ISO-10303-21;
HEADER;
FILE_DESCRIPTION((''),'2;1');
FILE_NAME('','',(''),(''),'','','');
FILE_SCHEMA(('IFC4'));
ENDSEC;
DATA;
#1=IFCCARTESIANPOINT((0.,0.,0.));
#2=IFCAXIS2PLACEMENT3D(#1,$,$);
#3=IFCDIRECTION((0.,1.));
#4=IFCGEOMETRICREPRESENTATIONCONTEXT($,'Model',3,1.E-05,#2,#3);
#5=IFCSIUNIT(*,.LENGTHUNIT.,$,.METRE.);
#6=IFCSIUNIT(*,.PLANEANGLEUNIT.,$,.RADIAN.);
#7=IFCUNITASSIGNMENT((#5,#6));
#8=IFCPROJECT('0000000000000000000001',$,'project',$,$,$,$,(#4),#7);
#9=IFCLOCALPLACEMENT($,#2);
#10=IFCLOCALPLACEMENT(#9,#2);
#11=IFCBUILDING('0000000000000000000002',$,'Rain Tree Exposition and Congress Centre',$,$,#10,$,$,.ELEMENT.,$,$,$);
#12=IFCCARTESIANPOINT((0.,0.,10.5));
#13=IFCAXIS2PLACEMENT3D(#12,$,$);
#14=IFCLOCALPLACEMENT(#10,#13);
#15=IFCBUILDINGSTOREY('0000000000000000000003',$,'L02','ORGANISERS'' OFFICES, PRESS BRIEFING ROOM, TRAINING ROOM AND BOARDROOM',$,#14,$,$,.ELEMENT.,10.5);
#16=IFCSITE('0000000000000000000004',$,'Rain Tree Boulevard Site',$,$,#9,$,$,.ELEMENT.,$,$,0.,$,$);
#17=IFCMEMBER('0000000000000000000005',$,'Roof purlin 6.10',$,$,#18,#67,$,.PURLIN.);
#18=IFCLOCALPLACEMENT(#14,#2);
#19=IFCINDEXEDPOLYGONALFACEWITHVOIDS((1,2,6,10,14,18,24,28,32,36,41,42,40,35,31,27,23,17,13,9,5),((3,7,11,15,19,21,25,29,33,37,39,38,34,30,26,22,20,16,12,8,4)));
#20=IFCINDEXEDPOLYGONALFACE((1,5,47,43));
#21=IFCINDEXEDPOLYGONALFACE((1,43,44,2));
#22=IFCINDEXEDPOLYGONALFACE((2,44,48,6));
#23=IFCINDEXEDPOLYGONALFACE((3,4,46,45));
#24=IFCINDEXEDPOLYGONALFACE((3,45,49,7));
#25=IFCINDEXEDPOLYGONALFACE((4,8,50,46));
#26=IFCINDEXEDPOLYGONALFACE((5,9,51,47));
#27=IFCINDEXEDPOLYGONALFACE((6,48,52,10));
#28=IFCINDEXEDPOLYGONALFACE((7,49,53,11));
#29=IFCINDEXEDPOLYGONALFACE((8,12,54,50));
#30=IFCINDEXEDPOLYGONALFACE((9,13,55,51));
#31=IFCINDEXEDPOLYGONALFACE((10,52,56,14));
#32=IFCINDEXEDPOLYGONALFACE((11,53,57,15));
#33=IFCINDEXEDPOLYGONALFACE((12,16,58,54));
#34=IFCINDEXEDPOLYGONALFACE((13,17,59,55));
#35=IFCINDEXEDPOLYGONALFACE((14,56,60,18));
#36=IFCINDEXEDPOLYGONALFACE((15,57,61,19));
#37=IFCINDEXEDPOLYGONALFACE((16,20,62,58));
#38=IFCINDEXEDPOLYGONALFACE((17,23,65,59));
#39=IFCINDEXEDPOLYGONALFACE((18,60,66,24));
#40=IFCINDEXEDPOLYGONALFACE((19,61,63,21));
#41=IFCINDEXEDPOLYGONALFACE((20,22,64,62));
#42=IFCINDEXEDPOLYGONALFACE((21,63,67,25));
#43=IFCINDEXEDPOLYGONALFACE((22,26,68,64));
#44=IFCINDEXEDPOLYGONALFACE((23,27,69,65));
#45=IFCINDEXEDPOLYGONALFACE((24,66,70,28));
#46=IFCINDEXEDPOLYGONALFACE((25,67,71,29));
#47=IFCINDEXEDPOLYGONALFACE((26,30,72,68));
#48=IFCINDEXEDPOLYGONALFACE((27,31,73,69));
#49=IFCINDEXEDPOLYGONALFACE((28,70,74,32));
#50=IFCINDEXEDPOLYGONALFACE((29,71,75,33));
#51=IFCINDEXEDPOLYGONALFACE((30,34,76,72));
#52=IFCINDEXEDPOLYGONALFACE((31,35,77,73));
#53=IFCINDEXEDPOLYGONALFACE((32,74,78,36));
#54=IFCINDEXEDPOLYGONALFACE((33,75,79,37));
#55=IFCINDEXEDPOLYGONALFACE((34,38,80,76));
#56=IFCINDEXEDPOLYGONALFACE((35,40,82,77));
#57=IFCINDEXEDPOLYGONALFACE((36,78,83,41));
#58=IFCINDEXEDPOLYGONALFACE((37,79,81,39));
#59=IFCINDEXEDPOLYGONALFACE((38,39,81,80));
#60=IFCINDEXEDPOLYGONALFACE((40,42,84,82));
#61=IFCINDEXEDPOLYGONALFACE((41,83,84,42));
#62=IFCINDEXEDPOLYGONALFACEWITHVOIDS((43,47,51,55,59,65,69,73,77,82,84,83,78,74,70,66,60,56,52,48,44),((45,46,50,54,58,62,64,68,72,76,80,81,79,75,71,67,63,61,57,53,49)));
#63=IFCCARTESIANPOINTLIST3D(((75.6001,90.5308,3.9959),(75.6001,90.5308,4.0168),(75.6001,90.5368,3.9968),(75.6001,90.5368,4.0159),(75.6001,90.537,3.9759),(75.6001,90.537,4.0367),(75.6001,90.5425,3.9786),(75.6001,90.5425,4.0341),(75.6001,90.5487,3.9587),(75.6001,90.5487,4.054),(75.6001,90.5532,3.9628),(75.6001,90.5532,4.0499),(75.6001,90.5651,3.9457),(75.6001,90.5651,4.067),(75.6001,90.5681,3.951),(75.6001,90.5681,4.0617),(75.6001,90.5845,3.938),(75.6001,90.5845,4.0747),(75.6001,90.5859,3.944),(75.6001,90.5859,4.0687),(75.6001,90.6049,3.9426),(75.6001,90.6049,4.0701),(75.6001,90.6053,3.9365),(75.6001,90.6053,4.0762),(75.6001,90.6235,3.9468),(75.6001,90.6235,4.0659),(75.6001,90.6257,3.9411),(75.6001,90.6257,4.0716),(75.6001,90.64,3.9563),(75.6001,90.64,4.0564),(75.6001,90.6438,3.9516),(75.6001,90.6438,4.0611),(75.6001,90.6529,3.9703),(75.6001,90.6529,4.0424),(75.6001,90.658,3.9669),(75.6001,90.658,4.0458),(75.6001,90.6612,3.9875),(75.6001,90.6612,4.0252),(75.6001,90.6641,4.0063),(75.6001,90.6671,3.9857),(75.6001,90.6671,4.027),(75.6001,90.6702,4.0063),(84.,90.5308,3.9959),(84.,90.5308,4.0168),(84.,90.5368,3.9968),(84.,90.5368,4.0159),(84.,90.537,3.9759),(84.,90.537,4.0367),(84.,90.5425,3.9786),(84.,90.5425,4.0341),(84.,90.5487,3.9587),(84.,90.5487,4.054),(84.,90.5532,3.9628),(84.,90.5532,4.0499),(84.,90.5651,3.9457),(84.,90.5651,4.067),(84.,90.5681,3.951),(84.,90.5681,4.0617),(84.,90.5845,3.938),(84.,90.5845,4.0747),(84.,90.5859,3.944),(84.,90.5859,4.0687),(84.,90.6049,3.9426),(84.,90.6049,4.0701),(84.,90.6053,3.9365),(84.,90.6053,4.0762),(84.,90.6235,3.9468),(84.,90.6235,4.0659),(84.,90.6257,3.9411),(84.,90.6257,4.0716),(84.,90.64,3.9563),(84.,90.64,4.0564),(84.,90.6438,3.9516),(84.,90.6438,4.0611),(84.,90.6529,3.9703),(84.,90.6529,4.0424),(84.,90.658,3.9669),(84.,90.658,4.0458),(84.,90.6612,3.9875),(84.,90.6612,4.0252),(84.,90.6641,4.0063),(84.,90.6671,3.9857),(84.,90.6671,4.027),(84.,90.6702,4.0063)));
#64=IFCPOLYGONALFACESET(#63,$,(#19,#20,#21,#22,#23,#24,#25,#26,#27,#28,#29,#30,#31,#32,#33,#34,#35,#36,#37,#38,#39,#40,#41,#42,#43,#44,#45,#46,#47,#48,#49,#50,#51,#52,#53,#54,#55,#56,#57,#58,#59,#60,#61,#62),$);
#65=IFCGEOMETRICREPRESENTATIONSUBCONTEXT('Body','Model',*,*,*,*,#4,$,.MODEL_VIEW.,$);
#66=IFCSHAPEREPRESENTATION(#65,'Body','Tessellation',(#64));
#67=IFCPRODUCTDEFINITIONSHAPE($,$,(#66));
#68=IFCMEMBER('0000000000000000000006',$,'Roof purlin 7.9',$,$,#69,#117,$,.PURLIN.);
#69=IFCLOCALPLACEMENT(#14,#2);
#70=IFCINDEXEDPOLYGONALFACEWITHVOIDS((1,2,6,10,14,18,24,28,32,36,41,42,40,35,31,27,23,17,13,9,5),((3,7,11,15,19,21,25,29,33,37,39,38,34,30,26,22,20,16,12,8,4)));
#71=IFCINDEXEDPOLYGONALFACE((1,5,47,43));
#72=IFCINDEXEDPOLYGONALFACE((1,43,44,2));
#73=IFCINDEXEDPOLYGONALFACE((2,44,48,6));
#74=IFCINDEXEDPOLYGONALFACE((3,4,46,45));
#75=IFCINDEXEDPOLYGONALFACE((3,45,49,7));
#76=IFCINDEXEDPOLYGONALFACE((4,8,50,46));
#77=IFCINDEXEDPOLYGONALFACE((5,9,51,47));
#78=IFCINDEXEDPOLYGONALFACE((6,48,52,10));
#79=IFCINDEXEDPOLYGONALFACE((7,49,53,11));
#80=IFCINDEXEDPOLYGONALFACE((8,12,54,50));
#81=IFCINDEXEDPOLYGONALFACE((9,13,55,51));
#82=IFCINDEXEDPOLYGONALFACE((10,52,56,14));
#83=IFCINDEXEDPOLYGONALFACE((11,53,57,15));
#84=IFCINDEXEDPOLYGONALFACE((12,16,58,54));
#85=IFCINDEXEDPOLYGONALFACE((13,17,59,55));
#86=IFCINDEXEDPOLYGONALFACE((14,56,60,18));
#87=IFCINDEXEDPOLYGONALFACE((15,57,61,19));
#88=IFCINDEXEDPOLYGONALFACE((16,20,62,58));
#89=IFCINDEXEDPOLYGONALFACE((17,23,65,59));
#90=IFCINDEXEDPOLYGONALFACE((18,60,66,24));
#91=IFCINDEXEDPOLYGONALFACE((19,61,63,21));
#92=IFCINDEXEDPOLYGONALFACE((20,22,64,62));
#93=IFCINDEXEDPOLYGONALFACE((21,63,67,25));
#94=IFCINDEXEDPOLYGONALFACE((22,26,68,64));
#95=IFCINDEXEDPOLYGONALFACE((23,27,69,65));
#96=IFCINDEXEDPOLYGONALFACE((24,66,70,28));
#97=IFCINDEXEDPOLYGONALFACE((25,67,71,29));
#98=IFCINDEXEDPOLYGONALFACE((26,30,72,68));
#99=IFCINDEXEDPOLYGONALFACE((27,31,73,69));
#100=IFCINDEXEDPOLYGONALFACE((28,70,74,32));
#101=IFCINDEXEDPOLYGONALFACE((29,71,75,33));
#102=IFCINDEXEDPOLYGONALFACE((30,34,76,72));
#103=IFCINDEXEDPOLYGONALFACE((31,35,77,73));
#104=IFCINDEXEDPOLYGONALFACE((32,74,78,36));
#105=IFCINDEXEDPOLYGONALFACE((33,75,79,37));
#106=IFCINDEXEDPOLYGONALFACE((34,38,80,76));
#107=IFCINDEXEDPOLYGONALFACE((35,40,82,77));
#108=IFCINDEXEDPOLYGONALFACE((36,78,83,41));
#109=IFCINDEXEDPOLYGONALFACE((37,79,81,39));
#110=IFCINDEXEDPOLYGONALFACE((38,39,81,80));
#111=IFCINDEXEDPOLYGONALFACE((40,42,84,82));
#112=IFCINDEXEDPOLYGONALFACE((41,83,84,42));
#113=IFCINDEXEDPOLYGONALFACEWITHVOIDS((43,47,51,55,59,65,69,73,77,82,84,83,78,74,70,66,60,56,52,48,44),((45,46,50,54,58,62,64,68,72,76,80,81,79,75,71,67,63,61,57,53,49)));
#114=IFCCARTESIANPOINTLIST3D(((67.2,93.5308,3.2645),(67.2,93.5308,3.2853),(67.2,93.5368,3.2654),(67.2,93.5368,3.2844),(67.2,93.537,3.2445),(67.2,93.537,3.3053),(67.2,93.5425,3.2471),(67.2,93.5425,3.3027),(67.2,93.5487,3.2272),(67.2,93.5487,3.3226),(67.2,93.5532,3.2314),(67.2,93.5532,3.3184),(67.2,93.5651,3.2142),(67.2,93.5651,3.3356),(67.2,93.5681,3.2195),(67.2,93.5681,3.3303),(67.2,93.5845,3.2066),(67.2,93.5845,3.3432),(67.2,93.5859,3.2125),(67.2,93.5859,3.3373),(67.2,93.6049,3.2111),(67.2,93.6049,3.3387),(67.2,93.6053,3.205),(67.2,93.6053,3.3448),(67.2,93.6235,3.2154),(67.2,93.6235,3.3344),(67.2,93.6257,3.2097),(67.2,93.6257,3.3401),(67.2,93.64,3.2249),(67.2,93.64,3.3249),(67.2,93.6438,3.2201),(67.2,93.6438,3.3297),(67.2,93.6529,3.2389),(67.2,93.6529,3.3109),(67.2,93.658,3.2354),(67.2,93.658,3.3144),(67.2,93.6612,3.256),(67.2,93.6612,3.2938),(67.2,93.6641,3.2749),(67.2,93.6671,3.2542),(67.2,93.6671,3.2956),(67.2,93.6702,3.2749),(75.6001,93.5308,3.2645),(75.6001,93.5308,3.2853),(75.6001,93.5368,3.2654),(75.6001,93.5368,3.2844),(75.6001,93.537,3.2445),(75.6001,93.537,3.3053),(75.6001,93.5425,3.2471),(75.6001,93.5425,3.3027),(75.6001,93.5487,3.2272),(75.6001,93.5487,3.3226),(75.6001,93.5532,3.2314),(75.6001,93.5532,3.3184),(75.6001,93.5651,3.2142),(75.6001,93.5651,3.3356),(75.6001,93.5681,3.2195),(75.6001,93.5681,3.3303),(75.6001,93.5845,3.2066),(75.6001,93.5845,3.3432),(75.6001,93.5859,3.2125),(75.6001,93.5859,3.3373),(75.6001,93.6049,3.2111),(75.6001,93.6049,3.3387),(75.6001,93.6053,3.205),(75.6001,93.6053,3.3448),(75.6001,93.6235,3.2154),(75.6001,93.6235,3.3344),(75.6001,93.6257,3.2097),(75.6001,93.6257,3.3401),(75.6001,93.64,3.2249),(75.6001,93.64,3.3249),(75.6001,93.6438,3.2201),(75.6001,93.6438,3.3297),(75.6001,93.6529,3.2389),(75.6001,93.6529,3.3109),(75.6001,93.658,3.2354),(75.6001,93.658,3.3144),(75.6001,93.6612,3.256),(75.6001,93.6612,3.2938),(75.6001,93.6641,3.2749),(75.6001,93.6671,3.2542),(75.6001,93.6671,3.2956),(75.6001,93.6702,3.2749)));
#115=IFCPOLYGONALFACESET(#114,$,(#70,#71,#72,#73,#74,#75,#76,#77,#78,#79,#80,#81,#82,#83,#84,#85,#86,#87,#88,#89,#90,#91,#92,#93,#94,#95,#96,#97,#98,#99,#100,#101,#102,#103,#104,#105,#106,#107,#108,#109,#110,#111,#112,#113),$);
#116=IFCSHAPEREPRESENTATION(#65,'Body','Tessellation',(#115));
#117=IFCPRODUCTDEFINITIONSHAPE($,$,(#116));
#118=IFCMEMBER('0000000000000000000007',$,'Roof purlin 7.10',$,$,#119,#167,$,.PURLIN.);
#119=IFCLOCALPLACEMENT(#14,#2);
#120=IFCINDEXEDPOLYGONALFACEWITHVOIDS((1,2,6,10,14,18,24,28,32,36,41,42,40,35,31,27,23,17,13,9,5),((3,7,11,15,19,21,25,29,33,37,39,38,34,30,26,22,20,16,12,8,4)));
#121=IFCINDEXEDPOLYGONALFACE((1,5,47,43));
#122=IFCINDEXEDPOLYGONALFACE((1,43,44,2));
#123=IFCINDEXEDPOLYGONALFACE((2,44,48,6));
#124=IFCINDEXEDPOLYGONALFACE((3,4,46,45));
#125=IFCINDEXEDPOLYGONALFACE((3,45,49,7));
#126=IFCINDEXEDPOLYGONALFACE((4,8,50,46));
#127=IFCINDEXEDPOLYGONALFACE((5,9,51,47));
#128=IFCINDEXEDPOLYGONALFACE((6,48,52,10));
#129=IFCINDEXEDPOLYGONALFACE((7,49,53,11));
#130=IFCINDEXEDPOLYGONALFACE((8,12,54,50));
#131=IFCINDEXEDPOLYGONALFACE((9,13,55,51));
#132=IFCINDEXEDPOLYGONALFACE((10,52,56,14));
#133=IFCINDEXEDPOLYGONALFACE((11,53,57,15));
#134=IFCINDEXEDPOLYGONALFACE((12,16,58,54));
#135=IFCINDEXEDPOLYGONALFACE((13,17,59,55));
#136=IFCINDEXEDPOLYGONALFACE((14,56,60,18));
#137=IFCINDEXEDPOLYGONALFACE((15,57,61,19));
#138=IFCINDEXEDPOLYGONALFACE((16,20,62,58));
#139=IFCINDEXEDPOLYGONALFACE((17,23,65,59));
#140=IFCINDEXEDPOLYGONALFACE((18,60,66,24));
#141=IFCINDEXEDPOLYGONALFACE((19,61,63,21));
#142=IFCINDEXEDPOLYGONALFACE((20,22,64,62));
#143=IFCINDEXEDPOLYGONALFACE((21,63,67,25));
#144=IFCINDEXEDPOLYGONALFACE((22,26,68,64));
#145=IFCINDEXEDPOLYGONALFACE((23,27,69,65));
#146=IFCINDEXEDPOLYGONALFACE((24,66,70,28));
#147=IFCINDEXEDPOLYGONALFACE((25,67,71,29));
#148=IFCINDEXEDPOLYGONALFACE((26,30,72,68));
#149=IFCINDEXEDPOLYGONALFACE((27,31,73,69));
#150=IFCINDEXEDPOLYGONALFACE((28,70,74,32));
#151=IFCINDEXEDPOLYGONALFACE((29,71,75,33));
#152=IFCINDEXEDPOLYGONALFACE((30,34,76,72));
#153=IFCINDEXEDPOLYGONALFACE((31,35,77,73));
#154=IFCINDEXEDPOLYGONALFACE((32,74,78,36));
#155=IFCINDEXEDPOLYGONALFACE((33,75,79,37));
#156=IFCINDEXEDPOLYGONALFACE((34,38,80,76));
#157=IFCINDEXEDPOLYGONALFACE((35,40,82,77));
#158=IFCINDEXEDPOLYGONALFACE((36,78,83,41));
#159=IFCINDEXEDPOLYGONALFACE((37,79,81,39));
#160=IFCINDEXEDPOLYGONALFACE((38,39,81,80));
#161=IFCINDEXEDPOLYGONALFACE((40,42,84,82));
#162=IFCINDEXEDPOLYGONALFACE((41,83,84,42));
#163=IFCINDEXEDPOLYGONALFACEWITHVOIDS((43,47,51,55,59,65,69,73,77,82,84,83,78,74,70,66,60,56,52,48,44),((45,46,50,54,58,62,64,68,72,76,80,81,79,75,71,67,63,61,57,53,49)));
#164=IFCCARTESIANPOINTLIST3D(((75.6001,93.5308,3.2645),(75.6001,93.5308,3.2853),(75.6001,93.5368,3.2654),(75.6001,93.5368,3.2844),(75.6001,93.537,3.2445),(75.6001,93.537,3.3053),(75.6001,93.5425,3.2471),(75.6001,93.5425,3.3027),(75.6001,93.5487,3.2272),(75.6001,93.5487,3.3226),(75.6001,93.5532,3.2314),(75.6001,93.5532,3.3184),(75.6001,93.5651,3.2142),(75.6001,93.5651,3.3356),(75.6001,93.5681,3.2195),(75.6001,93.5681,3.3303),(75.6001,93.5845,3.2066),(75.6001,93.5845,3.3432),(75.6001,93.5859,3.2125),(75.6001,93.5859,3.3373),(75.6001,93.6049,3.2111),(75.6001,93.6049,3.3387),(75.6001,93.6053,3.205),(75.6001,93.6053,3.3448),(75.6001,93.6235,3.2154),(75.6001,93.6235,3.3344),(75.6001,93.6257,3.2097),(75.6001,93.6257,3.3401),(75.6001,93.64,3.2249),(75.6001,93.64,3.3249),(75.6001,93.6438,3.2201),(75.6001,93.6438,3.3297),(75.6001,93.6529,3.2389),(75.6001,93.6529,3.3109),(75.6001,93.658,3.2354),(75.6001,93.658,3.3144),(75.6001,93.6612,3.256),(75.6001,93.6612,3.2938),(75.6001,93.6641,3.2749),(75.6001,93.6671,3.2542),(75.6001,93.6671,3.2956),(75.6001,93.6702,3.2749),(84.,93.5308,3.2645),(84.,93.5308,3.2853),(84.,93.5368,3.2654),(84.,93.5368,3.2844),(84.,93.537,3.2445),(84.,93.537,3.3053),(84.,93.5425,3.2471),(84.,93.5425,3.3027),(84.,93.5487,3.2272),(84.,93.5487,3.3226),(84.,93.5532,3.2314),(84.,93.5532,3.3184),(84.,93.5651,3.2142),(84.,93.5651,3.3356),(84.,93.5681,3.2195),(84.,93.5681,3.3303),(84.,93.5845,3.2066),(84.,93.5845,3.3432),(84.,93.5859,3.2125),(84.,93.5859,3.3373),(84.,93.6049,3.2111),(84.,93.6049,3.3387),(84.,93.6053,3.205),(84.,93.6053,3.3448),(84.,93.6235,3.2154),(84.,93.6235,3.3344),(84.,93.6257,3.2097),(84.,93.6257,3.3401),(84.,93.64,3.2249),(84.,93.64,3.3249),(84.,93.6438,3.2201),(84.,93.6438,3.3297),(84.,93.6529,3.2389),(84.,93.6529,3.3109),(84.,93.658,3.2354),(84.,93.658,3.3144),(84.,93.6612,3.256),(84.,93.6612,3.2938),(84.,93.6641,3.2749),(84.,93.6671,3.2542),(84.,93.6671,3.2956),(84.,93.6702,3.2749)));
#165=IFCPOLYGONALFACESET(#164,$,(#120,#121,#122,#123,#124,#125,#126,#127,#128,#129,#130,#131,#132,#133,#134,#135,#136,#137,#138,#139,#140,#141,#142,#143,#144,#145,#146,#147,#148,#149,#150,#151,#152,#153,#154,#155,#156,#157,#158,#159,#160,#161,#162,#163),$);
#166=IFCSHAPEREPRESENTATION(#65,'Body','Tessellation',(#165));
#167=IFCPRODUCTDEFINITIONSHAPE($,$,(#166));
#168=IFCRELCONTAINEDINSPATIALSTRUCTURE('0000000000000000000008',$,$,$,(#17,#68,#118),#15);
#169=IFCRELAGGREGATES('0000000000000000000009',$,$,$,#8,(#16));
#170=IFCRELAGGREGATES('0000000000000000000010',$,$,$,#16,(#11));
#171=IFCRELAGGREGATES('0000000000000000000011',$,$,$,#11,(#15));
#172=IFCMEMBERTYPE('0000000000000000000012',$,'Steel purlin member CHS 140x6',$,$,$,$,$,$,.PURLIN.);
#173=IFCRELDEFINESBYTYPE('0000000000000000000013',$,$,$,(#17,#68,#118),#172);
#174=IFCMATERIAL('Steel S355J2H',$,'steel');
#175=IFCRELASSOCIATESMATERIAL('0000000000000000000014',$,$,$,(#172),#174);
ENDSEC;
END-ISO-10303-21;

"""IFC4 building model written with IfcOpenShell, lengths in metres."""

from ifc_helpers import new_model, si_unit, direction, frame, origin, origin_2d, place, context, subcontext, project, spatial, hollow_circle, extrude, material, material_profile, profile_set, type_object, element, save


model = new_model("IFC4")

# Units and contexts
model_context = context("Model", 3, precision=1e-05, world=origin(), true_north=direction((0.0, 1.0)))
body_context = subcontext(model_context, "Body", "Model", "MODEL_VIEW")
ifc_project = project(units=[si_unit("LENGTHUNIT", "METRE"), si_unit("PLANEANGLEUNIT", "RADIAN")], contexts=[model_context])

# Site, building, storey
site_placement = place(None, origin())
site = spatial("IfcSite", under=ifc_project, at=site_placement, Name="Rain Tree Boulevard Site", CompositionType="ELEMENT", RefElevation=0.0)
building_placement = place(site_placement, origin())
building = spatial("IfcBuilding", under=site, at=building_placement, Name="Rain Tree Exposition and Congress Centre", CompositionType="ELEMENT")
storey_placement = place(building_placement, frame((0.0, 0.0, 10.5)))
storey = spatial("IfcBuildingStorey", under=building, at=storey_placement, Name="L02", Description="ORGANISERS' OFFICES, PRESS BRIEFING ROOM, TRAINING ROOM AND BOARDROOM", CompositionType="ELEMENT", Elevation=10.5)

# Members
ifc_material_1 = material(Name="Steel S355J2H", Category="steel")
ifc_material_profile_1 = material_profile(ifc_material_1, hollow_circle(Radius=0.0701, WallThickness=0.0061, at=origin_2d()), Name="CHS 140x6")
ifc_profile_set_1 = profile_set([ifc_material_profile_1], Name="Steel S355J2H")
member_type_1 = type_object("IfcMemberType", Name="Steel purlin member CHS 140x6", PredefinedType="PURLIN", material=ifc_profile_set_1)
member_1_placement = place(storey_placement, frame((75.6001, 90.6001, 4.0063), z_axis=(1.0, 0.0, 0.0), x_axis=(0.0, 1.0, 0.0)))
element("IfcMember", 1, at=member_1_placement, inside=storey, type_object=member_type_1, Name="Roof purlin 6.10", PredefinedType="PURLIN", context=body_context, shape_type="SweptSolid", body=[
    extrude(hollow_circle(Radius=0.0701, WallThickness=0.0061, at=origin_2d()), origin(), (0.0, 0.0, 1.0), 8.3999),
])
member_2_placement = place(storey_placement, frame((67.2, 93.6001, 3.2749), z_axis=(1.0, 0.0, 0.0), x_axis=(0.0, 1.0, 0.0)))
element("IfcMember", 2, at=member_2_placement, inside=storey, type_object=member_type_1, Name="Roof purlin 7.9", PredefinedType="PURLIN", context=body_context, shape_type="SweptSolid", body=[
    extrude(hollow_circle(Radius=0.0701, WallThickness=0.0061, at=origin_2d()), origin(), (0.0, 0.0, 1.0), 8.4001),
])
member_3_placement = place(storey_placement, frame((75.6001, 93.6001, 3.2749), z_axis=(1.0, 0.0, 0.0), x_axis=(0.0, 1.0, 0.0)))
element("IfcMember", 3, at=member_3_placement, inside=storey, type_object=member_type_1, Name="Roof purlin 7.10", PredefinedType="PURLIN", context=body_context, shape_type="SweptSolid", body=[
    extrude(hollow_circle(Radius=0.0701, WallThickness=0.0061, at=origin_2d()), origin(), (0.0, 0.0, 1.0), 8.3999),
])

save(model, "model.ifc")
